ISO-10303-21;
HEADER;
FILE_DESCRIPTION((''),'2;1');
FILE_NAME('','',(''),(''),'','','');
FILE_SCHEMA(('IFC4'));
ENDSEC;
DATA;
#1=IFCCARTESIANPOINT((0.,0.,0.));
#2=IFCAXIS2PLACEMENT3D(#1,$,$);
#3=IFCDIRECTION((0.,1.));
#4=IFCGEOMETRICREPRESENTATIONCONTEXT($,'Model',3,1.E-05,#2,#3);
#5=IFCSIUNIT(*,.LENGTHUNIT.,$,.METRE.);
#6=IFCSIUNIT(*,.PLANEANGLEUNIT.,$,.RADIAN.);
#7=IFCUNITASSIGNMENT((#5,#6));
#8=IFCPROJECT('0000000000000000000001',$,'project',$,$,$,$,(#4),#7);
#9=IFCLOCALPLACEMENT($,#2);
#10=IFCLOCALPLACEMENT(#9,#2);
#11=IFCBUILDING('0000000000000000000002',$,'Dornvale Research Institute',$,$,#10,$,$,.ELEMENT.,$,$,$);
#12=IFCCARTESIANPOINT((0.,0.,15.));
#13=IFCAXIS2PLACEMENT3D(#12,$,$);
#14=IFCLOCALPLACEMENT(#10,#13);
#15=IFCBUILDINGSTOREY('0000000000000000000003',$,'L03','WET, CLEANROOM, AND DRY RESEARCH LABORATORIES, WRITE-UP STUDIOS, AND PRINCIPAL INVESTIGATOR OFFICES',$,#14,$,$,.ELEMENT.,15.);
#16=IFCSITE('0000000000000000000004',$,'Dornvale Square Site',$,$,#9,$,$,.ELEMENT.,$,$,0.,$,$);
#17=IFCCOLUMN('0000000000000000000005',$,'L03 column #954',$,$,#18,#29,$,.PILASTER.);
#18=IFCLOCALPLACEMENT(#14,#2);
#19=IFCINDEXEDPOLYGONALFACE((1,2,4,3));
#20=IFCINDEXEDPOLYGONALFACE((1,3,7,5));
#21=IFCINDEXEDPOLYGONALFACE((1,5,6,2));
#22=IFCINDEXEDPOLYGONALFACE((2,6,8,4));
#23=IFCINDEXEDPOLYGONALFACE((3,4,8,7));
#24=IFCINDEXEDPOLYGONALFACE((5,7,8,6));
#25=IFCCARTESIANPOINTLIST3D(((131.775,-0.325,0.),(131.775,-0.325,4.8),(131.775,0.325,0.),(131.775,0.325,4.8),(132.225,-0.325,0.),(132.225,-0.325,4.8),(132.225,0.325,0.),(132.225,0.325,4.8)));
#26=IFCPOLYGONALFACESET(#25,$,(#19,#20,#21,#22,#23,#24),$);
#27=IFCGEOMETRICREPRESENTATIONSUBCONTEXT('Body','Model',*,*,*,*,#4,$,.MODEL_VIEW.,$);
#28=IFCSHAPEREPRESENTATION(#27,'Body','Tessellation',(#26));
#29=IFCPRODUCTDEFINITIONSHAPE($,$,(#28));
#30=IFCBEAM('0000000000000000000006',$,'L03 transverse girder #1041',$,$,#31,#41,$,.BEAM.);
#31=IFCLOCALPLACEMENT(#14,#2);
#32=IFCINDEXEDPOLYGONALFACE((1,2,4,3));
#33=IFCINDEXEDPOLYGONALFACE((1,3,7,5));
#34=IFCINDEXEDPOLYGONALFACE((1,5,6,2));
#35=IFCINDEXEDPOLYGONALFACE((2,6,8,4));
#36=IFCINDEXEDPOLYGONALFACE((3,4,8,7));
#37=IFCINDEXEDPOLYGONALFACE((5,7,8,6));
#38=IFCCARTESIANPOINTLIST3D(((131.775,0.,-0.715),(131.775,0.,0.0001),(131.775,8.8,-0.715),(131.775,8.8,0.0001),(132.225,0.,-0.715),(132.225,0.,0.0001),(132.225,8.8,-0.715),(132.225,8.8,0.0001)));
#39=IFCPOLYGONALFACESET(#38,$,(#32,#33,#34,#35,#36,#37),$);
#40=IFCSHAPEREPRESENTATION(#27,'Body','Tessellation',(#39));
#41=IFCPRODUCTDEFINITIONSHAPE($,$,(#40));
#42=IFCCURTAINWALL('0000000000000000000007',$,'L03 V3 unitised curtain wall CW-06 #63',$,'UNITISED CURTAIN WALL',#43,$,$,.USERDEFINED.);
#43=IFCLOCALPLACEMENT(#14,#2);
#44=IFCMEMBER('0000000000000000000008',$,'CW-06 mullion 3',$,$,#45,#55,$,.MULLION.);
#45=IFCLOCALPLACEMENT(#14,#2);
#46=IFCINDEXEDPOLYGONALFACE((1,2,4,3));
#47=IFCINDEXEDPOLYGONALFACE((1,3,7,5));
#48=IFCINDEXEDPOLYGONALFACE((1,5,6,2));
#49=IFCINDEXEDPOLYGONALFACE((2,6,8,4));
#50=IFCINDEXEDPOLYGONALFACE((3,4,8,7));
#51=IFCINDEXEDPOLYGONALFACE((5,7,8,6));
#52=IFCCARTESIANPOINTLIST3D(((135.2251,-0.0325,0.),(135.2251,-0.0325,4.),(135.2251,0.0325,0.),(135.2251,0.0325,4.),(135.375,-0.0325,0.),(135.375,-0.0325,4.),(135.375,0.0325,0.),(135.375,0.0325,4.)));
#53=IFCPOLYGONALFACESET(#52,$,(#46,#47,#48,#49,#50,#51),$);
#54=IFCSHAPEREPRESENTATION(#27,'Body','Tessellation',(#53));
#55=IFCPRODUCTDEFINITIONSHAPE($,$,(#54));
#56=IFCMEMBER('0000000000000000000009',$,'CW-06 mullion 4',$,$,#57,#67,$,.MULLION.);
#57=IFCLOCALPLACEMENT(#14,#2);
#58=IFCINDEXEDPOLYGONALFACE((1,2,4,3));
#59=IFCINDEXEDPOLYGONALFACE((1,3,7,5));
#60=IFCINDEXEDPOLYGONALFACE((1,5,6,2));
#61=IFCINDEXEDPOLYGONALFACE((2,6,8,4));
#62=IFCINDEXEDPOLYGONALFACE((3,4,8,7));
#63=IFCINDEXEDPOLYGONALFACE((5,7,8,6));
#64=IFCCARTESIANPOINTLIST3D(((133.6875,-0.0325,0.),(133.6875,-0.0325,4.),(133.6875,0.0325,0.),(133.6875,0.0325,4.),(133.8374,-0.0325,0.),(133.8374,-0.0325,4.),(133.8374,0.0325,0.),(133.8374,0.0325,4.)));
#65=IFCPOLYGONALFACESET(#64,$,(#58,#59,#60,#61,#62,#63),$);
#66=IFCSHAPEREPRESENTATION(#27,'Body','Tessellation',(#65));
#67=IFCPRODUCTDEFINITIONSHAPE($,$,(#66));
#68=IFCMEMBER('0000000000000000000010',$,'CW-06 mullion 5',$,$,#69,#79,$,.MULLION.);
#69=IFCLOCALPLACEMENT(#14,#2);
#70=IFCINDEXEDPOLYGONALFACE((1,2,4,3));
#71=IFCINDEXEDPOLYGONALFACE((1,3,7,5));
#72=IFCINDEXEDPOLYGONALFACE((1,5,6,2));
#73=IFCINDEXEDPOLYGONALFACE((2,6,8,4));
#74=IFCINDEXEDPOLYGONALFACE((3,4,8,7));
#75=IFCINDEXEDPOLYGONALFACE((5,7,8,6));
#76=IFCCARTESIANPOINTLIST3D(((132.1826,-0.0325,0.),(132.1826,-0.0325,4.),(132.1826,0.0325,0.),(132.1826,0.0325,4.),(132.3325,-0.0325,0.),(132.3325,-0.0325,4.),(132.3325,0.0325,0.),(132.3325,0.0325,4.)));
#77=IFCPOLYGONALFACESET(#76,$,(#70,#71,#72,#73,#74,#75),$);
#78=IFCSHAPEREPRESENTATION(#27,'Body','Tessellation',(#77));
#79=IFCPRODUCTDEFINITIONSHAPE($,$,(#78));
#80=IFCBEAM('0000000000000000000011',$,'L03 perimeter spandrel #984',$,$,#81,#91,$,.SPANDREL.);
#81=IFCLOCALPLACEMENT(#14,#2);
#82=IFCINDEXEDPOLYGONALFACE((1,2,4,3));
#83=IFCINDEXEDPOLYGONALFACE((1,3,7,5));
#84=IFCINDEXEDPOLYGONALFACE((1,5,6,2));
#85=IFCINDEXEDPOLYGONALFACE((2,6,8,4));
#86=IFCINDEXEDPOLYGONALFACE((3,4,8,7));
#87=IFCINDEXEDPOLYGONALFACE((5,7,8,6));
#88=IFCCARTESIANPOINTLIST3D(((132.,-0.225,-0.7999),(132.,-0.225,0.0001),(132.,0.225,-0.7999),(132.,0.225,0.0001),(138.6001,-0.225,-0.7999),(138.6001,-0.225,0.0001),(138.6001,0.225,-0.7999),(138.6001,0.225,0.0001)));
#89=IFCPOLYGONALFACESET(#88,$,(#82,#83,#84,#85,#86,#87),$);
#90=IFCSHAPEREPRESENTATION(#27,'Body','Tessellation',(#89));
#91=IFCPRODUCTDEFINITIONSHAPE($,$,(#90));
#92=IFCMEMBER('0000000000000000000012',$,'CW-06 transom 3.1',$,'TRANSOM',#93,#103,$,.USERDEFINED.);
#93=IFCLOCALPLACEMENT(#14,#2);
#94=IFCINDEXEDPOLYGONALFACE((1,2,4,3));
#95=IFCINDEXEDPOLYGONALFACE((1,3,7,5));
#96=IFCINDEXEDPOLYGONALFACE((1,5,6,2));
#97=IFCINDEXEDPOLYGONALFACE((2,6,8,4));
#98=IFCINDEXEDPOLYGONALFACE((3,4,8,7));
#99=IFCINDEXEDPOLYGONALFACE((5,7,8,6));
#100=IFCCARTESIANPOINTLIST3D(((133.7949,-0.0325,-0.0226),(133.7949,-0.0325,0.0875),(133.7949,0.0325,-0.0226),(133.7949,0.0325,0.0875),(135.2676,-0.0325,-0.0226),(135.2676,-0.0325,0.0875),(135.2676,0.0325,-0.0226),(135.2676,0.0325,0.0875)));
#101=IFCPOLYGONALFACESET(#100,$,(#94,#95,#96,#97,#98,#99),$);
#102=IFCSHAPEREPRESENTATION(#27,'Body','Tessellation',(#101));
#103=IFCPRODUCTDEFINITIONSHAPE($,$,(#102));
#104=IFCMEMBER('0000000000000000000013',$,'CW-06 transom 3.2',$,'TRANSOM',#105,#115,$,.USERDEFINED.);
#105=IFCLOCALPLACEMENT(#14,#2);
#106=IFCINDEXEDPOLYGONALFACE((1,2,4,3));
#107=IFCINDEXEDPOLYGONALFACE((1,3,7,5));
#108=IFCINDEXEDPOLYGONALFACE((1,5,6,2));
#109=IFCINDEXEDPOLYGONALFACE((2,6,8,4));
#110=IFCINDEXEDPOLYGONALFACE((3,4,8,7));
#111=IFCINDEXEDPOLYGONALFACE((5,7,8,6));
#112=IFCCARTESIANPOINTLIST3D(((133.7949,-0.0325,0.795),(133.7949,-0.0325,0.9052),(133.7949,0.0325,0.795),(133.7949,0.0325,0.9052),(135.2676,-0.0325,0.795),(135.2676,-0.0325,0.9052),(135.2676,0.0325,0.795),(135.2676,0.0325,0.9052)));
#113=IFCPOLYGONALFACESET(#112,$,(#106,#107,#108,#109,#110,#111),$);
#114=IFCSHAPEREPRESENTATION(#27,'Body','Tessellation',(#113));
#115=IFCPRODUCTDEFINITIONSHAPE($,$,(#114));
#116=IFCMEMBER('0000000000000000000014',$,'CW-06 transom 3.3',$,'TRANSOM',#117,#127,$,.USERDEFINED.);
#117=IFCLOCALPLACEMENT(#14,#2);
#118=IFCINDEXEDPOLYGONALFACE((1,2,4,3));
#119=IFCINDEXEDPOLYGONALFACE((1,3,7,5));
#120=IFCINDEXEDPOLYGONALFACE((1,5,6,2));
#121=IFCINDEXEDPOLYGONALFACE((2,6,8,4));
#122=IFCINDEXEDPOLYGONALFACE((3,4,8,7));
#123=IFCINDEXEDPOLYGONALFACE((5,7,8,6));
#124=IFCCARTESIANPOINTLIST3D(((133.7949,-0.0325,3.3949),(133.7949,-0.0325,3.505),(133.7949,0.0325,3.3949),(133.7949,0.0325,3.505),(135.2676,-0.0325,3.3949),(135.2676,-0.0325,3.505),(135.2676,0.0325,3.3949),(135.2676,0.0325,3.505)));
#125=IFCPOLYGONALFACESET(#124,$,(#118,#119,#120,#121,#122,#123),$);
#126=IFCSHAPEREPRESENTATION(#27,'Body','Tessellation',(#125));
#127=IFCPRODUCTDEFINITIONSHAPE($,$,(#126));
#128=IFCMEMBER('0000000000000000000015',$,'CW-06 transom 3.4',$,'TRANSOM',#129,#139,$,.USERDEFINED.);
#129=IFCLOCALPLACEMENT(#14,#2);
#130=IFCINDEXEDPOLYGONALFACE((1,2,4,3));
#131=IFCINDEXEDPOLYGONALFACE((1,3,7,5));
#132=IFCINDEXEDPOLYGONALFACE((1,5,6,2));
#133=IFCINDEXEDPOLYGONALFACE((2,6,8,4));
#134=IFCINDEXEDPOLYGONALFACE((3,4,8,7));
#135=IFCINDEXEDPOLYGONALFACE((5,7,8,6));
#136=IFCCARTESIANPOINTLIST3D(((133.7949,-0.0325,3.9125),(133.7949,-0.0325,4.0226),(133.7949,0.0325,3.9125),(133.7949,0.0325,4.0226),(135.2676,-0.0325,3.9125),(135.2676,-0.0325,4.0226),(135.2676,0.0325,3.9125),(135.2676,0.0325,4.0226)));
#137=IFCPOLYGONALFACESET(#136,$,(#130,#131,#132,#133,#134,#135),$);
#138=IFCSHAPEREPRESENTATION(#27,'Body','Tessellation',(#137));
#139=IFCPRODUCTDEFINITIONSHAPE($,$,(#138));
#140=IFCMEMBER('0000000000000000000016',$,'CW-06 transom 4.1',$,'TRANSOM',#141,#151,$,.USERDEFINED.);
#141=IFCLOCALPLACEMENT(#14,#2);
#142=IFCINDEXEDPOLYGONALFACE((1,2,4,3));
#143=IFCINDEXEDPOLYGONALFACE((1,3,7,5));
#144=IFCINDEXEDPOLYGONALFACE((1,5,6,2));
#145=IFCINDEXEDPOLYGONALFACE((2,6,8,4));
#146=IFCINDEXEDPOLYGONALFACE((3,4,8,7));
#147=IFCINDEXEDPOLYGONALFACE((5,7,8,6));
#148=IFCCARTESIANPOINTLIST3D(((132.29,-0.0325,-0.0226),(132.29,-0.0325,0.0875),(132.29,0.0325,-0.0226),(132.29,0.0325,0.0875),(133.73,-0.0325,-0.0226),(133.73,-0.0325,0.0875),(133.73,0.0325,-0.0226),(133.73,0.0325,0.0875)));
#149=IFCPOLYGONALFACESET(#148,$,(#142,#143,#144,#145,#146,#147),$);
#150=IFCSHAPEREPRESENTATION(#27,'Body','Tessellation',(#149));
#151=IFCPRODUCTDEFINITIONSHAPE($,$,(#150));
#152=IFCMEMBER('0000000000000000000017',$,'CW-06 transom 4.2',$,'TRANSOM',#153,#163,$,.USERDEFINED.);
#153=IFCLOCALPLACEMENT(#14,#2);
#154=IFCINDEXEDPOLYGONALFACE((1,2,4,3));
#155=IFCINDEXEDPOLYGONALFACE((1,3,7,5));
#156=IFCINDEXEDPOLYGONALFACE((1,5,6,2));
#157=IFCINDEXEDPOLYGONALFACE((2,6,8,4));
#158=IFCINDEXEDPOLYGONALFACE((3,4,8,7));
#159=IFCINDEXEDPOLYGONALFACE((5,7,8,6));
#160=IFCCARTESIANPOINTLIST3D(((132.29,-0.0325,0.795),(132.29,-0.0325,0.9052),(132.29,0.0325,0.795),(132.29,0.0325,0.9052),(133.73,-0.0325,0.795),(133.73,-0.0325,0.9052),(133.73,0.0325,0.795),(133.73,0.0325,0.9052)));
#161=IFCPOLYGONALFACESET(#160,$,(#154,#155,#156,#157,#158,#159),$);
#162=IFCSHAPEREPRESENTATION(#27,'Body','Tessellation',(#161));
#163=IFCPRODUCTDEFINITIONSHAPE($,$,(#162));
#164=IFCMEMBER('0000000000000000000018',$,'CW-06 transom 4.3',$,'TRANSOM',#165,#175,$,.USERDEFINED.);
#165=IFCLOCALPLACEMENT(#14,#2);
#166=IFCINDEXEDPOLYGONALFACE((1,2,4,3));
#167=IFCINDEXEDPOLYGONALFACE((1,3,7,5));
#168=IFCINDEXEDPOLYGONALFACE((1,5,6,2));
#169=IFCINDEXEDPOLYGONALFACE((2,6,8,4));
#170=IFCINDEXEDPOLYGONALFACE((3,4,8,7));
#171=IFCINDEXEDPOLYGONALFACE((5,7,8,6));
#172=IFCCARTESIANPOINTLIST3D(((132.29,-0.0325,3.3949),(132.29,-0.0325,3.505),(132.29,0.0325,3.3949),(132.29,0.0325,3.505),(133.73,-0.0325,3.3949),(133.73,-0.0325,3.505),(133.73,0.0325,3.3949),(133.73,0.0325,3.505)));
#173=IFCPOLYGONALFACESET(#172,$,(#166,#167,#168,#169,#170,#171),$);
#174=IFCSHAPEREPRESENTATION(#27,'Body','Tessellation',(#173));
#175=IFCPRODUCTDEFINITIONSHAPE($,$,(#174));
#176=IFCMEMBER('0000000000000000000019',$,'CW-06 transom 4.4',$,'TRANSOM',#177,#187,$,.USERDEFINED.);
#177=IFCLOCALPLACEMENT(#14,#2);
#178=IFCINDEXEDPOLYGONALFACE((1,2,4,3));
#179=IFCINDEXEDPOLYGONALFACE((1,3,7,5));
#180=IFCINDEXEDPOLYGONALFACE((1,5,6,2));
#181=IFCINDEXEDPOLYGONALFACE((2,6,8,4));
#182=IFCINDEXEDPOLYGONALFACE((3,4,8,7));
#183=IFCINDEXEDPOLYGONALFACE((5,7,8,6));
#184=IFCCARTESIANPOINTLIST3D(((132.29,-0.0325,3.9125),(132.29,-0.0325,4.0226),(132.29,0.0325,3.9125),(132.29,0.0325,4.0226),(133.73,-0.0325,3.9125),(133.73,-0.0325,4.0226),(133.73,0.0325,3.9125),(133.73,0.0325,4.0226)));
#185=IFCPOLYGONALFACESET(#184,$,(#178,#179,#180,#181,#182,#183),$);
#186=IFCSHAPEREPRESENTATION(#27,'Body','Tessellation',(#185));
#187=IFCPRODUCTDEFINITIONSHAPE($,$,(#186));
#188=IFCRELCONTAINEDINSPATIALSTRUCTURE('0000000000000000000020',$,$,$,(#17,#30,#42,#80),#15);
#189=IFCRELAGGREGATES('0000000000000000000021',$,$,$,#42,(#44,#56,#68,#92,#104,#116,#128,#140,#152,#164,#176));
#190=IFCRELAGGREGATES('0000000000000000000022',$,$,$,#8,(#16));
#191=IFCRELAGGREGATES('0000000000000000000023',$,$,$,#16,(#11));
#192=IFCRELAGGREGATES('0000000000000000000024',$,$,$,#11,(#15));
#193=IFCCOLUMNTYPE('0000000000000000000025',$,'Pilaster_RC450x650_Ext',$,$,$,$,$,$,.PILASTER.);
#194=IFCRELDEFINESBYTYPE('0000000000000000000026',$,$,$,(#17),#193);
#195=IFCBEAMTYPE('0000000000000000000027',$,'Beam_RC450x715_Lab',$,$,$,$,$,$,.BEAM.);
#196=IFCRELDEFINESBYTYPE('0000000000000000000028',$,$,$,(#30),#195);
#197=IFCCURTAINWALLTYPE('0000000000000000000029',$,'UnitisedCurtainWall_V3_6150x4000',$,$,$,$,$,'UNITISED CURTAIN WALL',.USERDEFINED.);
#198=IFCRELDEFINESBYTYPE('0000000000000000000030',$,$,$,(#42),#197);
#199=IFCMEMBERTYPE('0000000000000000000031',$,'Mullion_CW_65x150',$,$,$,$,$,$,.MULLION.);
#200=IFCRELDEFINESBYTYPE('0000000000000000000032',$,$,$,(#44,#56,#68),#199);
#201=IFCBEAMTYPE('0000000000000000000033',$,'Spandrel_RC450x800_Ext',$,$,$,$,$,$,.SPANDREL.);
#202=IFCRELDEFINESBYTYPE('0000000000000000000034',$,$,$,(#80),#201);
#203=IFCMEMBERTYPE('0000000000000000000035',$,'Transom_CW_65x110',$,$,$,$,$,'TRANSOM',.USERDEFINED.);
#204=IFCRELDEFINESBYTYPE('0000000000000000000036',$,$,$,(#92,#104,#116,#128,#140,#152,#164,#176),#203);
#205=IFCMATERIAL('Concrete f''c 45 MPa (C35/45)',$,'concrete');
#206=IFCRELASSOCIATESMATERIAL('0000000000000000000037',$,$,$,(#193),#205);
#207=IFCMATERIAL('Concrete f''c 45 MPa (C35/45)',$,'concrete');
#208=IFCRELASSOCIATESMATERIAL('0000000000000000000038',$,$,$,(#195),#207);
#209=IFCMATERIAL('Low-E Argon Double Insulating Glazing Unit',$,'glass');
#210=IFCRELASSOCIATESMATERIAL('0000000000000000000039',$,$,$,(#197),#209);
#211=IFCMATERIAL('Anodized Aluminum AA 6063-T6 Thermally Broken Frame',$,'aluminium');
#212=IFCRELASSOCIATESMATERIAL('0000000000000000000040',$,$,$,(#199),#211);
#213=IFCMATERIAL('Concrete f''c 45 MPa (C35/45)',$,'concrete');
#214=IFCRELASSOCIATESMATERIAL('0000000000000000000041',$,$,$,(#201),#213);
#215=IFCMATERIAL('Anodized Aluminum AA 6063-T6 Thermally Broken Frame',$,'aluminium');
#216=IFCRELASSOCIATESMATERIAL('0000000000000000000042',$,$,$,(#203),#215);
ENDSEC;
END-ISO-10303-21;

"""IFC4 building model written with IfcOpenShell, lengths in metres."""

from ifc_helpers import new_model, si_unit, direction, frame, origin, origin_2d, place, context, subcontext, project, spatial, rectangle, extrude, material, material_profile, profile_set, type_object, element, aggregate, save


model = new_model("IFC4")

# Units and contexts
model_context = context("Model", 3, precision=1e-05, world=origin(), true_north=direction((0.0, 1.0)))
body_context = subcontext(model_context, "Body", "Model", "MODEL_VIEW")
ifc_project = project(units=[si_unit("LENGTHUNIT", "METRE"), si_unit("PLANEANGLEUNIT", "RADIAN")], contexts=[model_context])

# Site, building, storey
site_placement = place(None, origin())
site = spatial("IfcSite", under=ifc_project, at=site_placement, Name="Dornvale Square Site", CompositionType="ELEMENT", RefElevation=0.0)
building_placement = place(site_placement, origin())
building = spatial("IfcBuilding", under=site, at=building_placement, Name="Dornvale Research Institute", CompositionType="ELEMENT")
storey_placement = place(building_placement, frame((0.0, 0.0, 15.0)))
storey = spatial("IfcBuildingStorey", under=building, at=storey_placement, Name="L03", Description="WET, CLEANROOM, AND DRY RESEARCH LABORATORIES, WRITE-UP STUDIOS, AND PRINCIPAL INVESTIGATOR OFFICES", CompositionType="ELEMENT", Elevation=15.0)

# Column
ifc_material_1 = material(Name="Concrete f'c 45 MPa (C35/45)", Category="concrete")
ifc_material_profile_1 = material_profile(ifc_material_1, rectangle(XDim=0.45, YDim=0.6499, at=origin_2d()), Name="RC 450x650")
ifc_profile_set_1 = profile_set([ifc_material_profile_1], Name="Concrete f'c 45 MPa (C35/45)")
column_type = type_object("IfcColumnType", Name="Pilaster_RC450x650_Ext", PredefinedType="PILASTER", material=ifc_profile_set_1)
column_placement = place(storey_placement, frame((132.0, 0.0, 0.0), z_axis=(0.0, 0.0, 1.0), x_axis=(1.0, 0.0, 0.0)))
element("IfcColumn", 1, at=column_placement, inside=storey, type_object=column_type, Name="L03 column #954", PredefinedType="PILASTER", context=body_context, shape_type="SweptSolid", body=[
    extrude(rectangle(XDim=0.45, YDim=0.6499, at=origin_2d()), origin(), (0.0, 0.0, 1.0), 4.8),
])

# Beam
ifc_material_2 = material(Name="Concrete f'c 45 MPa (C35/45)", Category="concrete")
ifc_material_profile_2 = material_profile(ifc_material_2, rectangle(XDim=0.45, YDim=0.7151, at=origin_2d()), Name="RC 450x715")
ifc_profile_set_2 = profile_set([ifc_material_profile_2], Name="Concrete f'c 45 MPa (C35/45)")
beam_type_1 = type_object("IfcBeamType", Name="Beam_RC450x715_Lab", PredefinedType="BEAM", material=ifc_profile_set_2)
beam_1_placement = place(storey_placement, frame((132.0, 0.0, -0.3574), z_axis=(0.0, 1.0, 0.0), x_axis=(-1.0, 0.0, 0.0)))
element("IfcBeam", 2, at=beam_1_placement, inside=storey, type_object=beam_type_1, Name="L03 transverse girder #1041", PredefinedType="BEAM", context=body_context, shape_type="SweptSolid", body=[
    extrude(rectangle(XDim=0.45, YDim=0.7151, at=origin_2d()), origin(), (0.0, 0.0, 1.0), 8.8),
])

# Curtain wall, members
ifc_material_3 = material(Name="Low-E Argon Double Insulating Glazing Unit", Category="glass")
curtain_wall_type = type_object("IfcCurtainWallType", Name="UnitisedCurtainWall_V3_6150x4000", ElementType="UNITISED CURTAIN WALL", PredefinedType="USERDEFINED", material=ifc_material_3)
curtain_wall_placement = place(storey_placement, origin())
curtain_wall = element("IfcCurtainWall", 3, at=curtain_wall_placement, inside=storey, type_object=curtain_wall_type, Name="L03 V3 unitised curtain wall CW-06 #63", ObjectType="UNITISED CURTAIN WALL", PredefinedType="USERDEFINED")
ifc_material_4 = material(Name="Anodized Aluminum AA 6063-T6 Thermally Broken Frame", Category="aluminium")
ifc_material_profile_3 = material_profile(ifc_material_4, rectangle(XDim=0.0649, YDim=0.1499, at=origin_2d()), Name="ALU MULLION 65x150")
ifc_profile_set_3 = profile_set([ifc_material_profile_3], Name="Anodized Aluminum AA 6063-T6 Thermally Broken Frame")
member_type_1 = type_object("IfcMemberType", Name="Mullion_CW_65x150", PredefinedType="MULLION", material=ifc_profile_set_3)
member_1_placement = place(storey_placement, frame((135.3, 0.0, 0.0), z_axis=(0.0, 0.0, 1.0), x_axis=(0.0, -1.0, 0.0)))
member_1 = element("IfcMember", 4, at=member_1_placement, type_object=member_type_1, Name="CW-06 mullion 3", PredefinedType="MULLION", context=body_context, shape_type="SweptSolid", body=[
    extrude(rectangle(XDim=0.0649, YDim=0.1499, at=origin_2d()), origin(), (0.0, 0.0, 1.0), 4.0),
])
member_2_placement = place(storey_placement, frame((133.7625, 0.0, 0.0), z_axis=(0.0, 0.0, 1.0), x_axis=(0.0, -1.0, 0.0)))
member_2 = element("IfcMember", 5, at=member_2_placement, type_object=member_type_1, Name="CW-06 mullion 4", PredefinedType="MULLION", context=body_context, shape_type="SweptSolid", body=[
    extrude(rectangle(XDim=0.0649, YDim=0.1499, at=origin_2d()), origin(), (0.0, 0.0, 1.0), 4.0),
])
member_3_placement = place(storey_placement, frame((132.2576, 0.0, 0.0), z_axis=(0.0, 0.0, 1.0), x_axis=(0.0, -1.0, 0.0)))
member_3 = element("IfcMember", 6, at=member_3_placement, type_object=member_type_1, Name="CW-06 mullion 5", PredefinedType="MULLION", context=body_context, shape_type="SweptSolid", body=[
    extrude(rectangle(XDim=0.0649, YDim=0.1499, at=origin_2d()), origin(), (0.0, 0.0, 1.0), 4.0),
])

# Beam
ifc_material_5 = material(Name="Concrete f'c 45 MPa (C35/45)", Category="concrete")
ifc_material_profile_4 = material_profile(ifc_material_5, rectangle(XDim=0.45, YDim=0.8, at=origin_2d()), Name="RC 450x800")
ifc_profile_set_4 = profile_set([ifc_material_profile_4], Name="Concrete f'c 45 MPa (C35/45)")
beam_type_2 = type_object("IfcBeamType", Name="Spandrel_RC450x800_Ext", PredefinedType="SPANDREL", material=ifc_profile_set_4)
beam_2_placement = place(storey_placement, frame((132.0, 0.0, -0.3999), z_axis=(1.0, 0.0, 0.0), x_axis=(0.0, 1.0, 0.0)))
element("IfcBeam", 7, at=beam_2_placement, inside=storey, type_object=beam_type_2, Name="L03 perimeter spandrel #984", PredefinedType="SPANDREL", context=body_context, shape_type="SweptSolid", body=[
    extrude(rectangle(XDim=0.45, YDim=0.8, at=origin_2d()), origin(), (0.0, 0.0, 1.0), 6.6001),
])

# Members
ifc_material_6 = material(Name="Anodized Aluminum AA 6063-T6 Thermally Broken Frame", Category="aluminium")
ifc_material_profile_5 = material_profile(ifc_material_6, rectangle(XDim=0.0649, YDim=0.1101, at=origin_2d()), Name="ALU TRANSOM 65x110")
ifc_profile_set_5 = profile_set([ifc_material_profile_5], Name="Anodized Aluminum AA 6063-T6 Thermally Broken Frame")
member_type_2 = type_object("IfcMemberType", Name="Transom_CW_65x110", ElementType="TRANSOM", PredefinedType="USERDEFINED", material=ifc_profile_set_5)
member_4_placement = place(storey_placement, frame((135.2676, 0.0, 0.0325), z_axis=(-1.0, 0.0, 0.0), x_axis=(0.0, -1.0, 0.0)))
member_4 = element("IfcMember", 8, at=member_4_placement, type_object=member_type_2, Name="CW-06 transom 3.1", ObjectType="TRANSOM", PredefinedType="USERDEFINED", context=body_context, shape_type="SweptSolid", body=[
    extrude(rectangle(XDim=0.0649, YDim=0.1101, at=origin_2d()), origin(), (0.0, 0.0, 1.0), 1.4727),
])
member_5_placement = place(storey_placement, frame((135.2676, 0.0, 0.8501), z_axis=(-1.0, 0.0, 0.0), x_axis=(0.0, -1.0, 0.0)))
member_5 = element("IfcMember", 9, at=member_5_placement, type_object=member_type_2, Name="CW-06 transom 3.2", ObjectType="TRANSOM", PredefinedType="USERDEFINED", context=body_context, shape_type="SweptSolid", body=[
    extrude(rectangle(XDim=0.0649, YDim=0.1101, at=origin_2d()), origin(), (0.0, 0.0, 1.0), 1.4727),
])
member_6_placement = place(storey_placement, frame((135.2676, 0.0, 3.45), z_axis=(-1.0, 0.0, 0.0), x_axis=(0.0, -1.0, 0.0)))
member_6 = element("IfcMember", 10, at=member_6_placement, type_object=member_type_2, Name="CW-06 transom 3.3", ObjectType="TRANSOM", PredefinedType="USERDEFINED", context=body_context, shape_type="SweptSolid", body=[
    extrude(rectangle(XDim=0.0649, YDim=0.1101, at=origin_2d()), origin(), (0.0, 0.0, 1.0), 1.4727),
])
member_7_placement = place(storey_placement, frame((135.2676, 0.0, 3.9675), z_axis=(-1.0, 0.0, 0.0), x_axis=(0.0, -1.0, 0.0)))
member_7 = element("IfcMember", 11, at=member_7_placement, type_object=member_type_2, Name="CW-06 transom 3.4", ObjectType="TRANSOM", PredefinedType="USERDEFINED", context=body_context, shape_type="SweptSolid", body=[
    extrude(rectangle(XDim=0.0649, YDim=0.1101, at=origin_2d()), origin(), (0.0, 0.0, 1.0), 1.4727),
])
member_8_placement = place(storey_placement, frame((133.73, 0.0, 0.0325), z_axis=(-1.0, 0.0, 0.0), x_axis=(0.0, -1.0, 0.0)))
member_8 = element("IfcMember", 12, at=member_8_placement, type_object=member_type_2, Name="CW-06 transom 4.1", ObjectType="TRANSOM", PredefinedType="USERDEFINED", context=body_context, shape_type="SweptSolid", body=[
    extrude(rectangle(XDim=0.0649, YDim=0.1101, at=origin_2d()), origin(), (0.0, 0.0, 1.0), 1.4399),
])
member_9_placement = place(storey_placement, frame((133.73, 0.0, 0.8501), z_axis=(-1.0, 0.0, 0.0), x_axis=(0.0, -1.0, 0.0)))
member_9 = element("IfcMember", 13, at=member_9_placement, type_object=member_type_2, Name="CW-06 transom 4.2", ObjectType="TRANSOM", PredefinedType="USERDEFINED", context=body_context, shape_type="SweptSolid", body=[
    extrude(rectangle(XDim=0.0649, YDim=0.1101, at=origin_2d()), origin(), (0.0, 0.0, 1.0), 1.4399),
])
member_10_placement = place(storey_placement, frame((133.73, 0.0, 3.45), z_axis=(-1.0, 0.0, 0.0), x_axis=(0.0, -1.0, 0.0)))
member_10 = element("IfcMember", 14, at=member_10_placement, type_object=member_type_2, Name="CW-06 transom 4.3", ObjectType="TRANSOM", PredefinedType="USERDEFINED", context=body_context, shape_type="SweptSolid", body=[
    extrude(rectangle(XDim=0.0649, YDim=0.1101, at=origin_2d()), origin(), (0.0, 0.0, 1.0), 1.4399),
])
member_11_placement = place(storey_placement, frame((133.73, 0.0, 3.9675), z_axis=(-1.0, 0.0, 0.0), x_axis=(0.0, -1.0, 0.0)))
member_11 = element("IfcMember", 15, at=member_11_placement, type_object=member_type_2, Name="CW-06 transom 4.4", ObjectType="TRANSOM", PredefinedType="USERDEFINED", context=body_context, shape_type="SweptSolid", body=[
    extrude(rectangle(XDim=0.0649, YDim=0.1101, at=origin_2d()), origin(), (0.0, 0.0, 1.0), 1.4399),
])

aggregate(curtain_wall, [member_1, member_2, member_3, member_4, member_5, member_6, member_7, member_8, member_9, member_10, member_11])

save(model, "model.ifc")
